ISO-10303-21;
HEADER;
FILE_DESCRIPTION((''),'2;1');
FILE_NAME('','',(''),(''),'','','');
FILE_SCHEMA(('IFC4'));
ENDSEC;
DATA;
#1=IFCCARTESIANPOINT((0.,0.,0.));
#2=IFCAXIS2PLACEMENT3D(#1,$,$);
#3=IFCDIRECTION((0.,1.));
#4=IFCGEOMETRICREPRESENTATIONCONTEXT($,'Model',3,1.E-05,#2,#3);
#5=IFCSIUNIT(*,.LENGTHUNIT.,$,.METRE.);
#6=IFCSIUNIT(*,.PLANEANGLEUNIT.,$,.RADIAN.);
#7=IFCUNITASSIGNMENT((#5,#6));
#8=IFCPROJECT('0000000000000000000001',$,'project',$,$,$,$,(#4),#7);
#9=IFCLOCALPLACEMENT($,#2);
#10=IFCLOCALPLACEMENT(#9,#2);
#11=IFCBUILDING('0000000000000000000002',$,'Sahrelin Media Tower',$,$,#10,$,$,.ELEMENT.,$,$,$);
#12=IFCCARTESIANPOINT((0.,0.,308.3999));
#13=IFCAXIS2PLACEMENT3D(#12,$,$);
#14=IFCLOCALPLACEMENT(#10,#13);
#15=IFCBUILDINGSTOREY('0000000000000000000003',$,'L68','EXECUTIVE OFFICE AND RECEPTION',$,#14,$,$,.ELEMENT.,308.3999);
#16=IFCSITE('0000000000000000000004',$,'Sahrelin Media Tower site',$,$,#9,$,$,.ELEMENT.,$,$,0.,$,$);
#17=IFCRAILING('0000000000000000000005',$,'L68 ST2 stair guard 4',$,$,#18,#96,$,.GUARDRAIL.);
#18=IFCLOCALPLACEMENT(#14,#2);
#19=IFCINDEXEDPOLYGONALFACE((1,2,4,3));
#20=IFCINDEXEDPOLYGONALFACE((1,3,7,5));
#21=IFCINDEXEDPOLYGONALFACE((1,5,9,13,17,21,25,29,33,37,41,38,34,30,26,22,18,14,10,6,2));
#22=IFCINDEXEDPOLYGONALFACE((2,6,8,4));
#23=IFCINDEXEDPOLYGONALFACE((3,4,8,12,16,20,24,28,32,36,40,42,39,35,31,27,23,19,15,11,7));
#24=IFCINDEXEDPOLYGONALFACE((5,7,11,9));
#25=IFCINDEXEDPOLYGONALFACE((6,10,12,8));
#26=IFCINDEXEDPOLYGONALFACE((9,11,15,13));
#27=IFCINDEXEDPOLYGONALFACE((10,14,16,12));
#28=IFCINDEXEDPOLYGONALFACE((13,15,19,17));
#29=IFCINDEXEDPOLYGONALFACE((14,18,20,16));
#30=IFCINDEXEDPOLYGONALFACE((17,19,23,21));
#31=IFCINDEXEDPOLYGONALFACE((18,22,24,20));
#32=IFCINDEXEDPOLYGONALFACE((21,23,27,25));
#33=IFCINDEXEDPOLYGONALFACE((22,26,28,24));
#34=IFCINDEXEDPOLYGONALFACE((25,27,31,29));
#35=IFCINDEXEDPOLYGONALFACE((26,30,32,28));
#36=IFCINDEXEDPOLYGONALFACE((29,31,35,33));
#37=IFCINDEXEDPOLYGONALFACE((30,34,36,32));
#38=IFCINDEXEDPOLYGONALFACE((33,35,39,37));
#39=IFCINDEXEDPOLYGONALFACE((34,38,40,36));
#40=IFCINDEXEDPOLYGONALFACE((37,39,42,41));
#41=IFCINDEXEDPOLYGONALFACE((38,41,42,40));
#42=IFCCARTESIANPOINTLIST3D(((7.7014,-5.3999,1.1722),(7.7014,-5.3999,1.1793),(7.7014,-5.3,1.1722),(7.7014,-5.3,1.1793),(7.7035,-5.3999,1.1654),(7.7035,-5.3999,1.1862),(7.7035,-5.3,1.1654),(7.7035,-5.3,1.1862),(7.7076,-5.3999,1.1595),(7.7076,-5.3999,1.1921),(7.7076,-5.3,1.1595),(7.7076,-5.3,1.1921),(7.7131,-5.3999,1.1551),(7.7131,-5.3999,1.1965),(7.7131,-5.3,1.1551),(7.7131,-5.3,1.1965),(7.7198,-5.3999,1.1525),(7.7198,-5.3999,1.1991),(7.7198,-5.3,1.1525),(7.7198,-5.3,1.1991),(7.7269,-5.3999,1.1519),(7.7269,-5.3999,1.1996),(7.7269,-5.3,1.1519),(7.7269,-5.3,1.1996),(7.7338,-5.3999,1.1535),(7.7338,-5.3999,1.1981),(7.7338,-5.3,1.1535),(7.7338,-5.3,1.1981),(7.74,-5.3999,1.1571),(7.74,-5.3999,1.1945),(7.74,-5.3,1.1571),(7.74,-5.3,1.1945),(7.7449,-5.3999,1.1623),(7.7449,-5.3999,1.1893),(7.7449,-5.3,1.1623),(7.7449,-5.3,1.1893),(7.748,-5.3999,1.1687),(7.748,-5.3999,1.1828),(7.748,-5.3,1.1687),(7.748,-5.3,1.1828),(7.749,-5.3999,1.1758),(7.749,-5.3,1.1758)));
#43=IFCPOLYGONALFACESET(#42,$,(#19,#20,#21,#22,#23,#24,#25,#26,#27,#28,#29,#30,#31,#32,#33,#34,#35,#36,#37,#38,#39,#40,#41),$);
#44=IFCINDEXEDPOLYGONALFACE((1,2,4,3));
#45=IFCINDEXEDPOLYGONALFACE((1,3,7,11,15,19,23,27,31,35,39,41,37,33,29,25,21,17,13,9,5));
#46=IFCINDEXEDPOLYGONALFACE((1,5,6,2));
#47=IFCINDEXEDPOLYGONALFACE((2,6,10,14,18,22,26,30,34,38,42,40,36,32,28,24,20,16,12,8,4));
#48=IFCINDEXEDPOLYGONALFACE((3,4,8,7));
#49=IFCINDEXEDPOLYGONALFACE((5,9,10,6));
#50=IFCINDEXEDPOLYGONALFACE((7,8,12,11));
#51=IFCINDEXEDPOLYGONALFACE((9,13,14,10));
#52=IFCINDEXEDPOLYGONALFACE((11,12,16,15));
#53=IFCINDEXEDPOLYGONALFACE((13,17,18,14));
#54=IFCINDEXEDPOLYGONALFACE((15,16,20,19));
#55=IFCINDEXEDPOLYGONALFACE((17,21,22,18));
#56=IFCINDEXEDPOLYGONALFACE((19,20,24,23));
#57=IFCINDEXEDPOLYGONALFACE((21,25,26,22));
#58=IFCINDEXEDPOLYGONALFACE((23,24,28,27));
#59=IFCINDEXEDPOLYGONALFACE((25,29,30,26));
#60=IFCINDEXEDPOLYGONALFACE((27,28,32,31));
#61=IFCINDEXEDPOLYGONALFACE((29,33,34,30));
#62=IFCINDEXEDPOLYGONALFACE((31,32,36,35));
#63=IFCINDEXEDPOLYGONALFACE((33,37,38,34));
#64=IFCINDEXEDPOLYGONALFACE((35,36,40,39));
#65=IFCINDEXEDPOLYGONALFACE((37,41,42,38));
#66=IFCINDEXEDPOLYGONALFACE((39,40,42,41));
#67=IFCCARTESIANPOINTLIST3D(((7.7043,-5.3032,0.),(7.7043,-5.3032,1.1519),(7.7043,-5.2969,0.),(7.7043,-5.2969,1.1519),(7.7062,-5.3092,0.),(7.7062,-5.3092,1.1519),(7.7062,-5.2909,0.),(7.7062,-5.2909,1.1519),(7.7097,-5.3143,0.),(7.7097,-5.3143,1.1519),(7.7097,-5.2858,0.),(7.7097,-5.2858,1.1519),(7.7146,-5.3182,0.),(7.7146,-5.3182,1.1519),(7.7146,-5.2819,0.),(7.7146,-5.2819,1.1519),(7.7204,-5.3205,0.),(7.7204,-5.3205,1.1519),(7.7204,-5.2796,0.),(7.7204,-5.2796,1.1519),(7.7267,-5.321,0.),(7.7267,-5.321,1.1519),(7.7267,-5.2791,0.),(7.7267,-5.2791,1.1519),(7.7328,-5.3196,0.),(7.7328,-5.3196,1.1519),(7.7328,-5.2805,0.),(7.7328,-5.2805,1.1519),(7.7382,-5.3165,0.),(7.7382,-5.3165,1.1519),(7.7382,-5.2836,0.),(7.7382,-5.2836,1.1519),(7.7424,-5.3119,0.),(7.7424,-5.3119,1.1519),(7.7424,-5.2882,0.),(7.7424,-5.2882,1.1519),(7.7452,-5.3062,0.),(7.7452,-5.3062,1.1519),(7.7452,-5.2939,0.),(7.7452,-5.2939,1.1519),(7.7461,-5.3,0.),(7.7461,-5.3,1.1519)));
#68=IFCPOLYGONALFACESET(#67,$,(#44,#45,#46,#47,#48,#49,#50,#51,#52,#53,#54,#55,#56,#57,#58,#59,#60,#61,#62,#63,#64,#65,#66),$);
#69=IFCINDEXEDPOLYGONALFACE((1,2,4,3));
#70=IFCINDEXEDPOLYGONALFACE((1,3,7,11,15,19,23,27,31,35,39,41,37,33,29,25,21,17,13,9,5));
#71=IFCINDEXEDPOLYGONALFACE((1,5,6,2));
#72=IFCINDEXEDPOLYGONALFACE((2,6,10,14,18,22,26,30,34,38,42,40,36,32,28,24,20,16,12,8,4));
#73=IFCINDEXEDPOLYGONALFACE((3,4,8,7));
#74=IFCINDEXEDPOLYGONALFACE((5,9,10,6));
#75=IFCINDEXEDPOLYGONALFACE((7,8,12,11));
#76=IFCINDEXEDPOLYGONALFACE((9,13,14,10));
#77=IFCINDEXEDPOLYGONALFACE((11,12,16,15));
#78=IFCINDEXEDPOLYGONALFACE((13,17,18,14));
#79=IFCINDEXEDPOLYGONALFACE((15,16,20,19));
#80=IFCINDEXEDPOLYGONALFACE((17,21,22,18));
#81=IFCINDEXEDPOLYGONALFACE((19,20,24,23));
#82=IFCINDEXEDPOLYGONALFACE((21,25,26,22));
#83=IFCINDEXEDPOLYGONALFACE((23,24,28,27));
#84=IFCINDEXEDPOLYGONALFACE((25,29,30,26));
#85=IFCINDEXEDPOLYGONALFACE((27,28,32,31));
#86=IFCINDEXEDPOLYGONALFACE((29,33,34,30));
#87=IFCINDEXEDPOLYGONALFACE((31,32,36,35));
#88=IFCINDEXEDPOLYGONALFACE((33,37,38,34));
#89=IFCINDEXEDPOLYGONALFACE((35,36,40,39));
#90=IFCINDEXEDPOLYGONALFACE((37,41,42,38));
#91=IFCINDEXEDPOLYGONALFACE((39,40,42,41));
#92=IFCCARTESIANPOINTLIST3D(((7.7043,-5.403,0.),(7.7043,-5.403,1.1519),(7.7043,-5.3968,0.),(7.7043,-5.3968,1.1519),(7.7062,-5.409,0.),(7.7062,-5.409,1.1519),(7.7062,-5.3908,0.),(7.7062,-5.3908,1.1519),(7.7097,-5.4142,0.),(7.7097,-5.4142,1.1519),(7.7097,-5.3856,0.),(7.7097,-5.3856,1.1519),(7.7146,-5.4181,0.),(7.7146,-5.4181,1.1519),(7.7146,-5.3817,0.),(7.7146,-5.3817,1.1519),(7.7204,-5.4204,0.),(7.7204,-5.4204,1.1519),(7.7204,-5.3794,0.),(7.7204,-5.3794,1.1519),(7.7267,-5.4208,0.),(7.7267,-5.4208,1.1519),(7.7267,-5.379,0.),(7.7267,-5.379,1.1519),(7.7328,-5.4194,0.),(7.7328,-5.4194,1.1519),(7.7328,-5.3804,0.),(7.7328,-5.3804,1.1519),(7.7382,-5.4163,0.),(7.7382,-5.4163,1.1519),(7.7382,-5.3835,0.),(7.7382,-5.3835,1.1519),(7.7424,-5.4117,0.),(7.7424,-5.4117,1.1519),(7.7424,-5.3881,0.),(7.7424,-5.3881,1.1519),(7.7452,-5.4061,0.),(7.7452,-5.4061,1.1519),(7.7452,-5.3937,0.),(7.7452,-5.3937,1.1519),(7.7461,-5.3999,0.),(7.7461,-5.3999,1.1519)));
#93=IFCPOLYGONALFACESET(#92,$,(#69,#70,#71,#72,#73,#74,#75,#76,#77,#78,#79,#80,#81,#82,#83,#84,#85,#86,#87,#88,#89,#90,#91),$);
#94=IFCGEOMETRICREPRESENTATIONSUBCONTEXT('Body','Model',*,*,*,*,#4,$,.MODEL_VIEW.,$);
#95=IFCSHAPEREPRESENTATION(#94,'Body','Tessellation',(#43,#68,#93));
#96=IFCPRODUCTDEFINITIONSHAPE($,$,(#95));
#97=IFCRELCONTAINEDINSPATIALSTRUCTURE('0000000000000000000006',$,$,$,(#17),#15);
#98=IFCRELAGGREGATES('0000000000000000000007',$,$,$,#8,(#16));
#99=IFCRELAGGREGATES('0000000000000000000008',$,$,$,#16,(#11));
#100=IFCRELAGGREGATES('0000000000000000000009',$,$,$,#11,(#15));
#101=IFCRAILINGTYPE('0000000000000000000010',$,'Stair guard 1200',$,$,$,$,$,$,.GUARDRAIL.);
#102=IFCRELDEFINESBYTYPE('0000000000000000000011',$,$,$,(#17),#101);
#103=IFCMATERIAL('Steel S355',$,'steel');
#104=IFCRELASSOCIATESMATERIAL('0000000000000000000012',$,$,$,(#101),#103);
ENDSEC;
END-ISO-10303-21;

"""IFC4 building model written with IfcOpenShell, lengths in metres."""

from ifc_helpers import new_model, si_unit, direction, frame, origin, origin_2d, place, context, subcontext, project, spatial, circle, extrude, material, type_object, element, save


model = new_model("IFC4")

# Units and contexts
model_context = context("Model", 3, precision=1e-05, world=origin(), true_north=direction((0.0, 1.0)))
body_context = subcontext(model_context, "Body", "Model", "MODEL_VIEW")
ifc_project = project(units=[si_unit("LENGTHUNIT", "METRE"), si_unit("PLANEANGLEUNIT", "RADIAN")], contexts=[model_context])

# Site, building, storey
site_placement = place(None, origin())
site = spatial("IfcSite", under=ifc_project, at=site_placement, Name="Sahrelin Media Tower site", CompositionType="ELEMENT", RefElevation=0.0)
building_placement = place(site_placement, origin())
building = spatial("IfcBuilding", under=site, at=building_placement, Name="Sahrelin Media Tower", CompositionType="ELEMENT")
storey_placement = place(building_placement, frame((0.0, 0.0, 308.3999)))
storey = spatial("IfcBuildingStorey", under=building, at=storey_placement, Name="L68", Description="EXECUTIVE OFFICE AND RECEPTION", CompositionType="ELEMENT", Elevation=308.3999)

# Railing
ifc_material_1 = material(Name="Steel S355", Category="steel")
railing_type_1 = type_object("IfcRailingType", Name="Stair guard 1200", PredefinedType="GUARDRAIL", material=ifc_material_1)
railing_1_placement = place(storey_placement, frame((7.7251, -5.3, 0.0)))
element("IfcRailing", 1, at=railing_1_placement, inside=storey, type_object=railing_type_1, Name="L68 ST2 stair guard 4", PredefinedType="GUARDRAIL", context=body_context, shape_type="SweptSolid", body=[
    extrude(circle(Radius=0.0239, at=origin_2d()), frame((0.0, 0.0, 1.1758), z_axis=(0.0, -1.0, 0.0), x_axis=(1.0, 0.0, 0.0)), (0.0, 0.0, 1.0), 0.0999),
    extrude(circle(Radius=0.021, at=origin_2d()), origin(), (0.0, 0.0, 1.0), 1.1519),
    extrude(circle(Radius=0.021, at=origin_2d()), frame((0.0, -0.0999, 0.0)), (0.0, 0.0, 1.0), 1.1519),
])

save(model, "model.ifc")
